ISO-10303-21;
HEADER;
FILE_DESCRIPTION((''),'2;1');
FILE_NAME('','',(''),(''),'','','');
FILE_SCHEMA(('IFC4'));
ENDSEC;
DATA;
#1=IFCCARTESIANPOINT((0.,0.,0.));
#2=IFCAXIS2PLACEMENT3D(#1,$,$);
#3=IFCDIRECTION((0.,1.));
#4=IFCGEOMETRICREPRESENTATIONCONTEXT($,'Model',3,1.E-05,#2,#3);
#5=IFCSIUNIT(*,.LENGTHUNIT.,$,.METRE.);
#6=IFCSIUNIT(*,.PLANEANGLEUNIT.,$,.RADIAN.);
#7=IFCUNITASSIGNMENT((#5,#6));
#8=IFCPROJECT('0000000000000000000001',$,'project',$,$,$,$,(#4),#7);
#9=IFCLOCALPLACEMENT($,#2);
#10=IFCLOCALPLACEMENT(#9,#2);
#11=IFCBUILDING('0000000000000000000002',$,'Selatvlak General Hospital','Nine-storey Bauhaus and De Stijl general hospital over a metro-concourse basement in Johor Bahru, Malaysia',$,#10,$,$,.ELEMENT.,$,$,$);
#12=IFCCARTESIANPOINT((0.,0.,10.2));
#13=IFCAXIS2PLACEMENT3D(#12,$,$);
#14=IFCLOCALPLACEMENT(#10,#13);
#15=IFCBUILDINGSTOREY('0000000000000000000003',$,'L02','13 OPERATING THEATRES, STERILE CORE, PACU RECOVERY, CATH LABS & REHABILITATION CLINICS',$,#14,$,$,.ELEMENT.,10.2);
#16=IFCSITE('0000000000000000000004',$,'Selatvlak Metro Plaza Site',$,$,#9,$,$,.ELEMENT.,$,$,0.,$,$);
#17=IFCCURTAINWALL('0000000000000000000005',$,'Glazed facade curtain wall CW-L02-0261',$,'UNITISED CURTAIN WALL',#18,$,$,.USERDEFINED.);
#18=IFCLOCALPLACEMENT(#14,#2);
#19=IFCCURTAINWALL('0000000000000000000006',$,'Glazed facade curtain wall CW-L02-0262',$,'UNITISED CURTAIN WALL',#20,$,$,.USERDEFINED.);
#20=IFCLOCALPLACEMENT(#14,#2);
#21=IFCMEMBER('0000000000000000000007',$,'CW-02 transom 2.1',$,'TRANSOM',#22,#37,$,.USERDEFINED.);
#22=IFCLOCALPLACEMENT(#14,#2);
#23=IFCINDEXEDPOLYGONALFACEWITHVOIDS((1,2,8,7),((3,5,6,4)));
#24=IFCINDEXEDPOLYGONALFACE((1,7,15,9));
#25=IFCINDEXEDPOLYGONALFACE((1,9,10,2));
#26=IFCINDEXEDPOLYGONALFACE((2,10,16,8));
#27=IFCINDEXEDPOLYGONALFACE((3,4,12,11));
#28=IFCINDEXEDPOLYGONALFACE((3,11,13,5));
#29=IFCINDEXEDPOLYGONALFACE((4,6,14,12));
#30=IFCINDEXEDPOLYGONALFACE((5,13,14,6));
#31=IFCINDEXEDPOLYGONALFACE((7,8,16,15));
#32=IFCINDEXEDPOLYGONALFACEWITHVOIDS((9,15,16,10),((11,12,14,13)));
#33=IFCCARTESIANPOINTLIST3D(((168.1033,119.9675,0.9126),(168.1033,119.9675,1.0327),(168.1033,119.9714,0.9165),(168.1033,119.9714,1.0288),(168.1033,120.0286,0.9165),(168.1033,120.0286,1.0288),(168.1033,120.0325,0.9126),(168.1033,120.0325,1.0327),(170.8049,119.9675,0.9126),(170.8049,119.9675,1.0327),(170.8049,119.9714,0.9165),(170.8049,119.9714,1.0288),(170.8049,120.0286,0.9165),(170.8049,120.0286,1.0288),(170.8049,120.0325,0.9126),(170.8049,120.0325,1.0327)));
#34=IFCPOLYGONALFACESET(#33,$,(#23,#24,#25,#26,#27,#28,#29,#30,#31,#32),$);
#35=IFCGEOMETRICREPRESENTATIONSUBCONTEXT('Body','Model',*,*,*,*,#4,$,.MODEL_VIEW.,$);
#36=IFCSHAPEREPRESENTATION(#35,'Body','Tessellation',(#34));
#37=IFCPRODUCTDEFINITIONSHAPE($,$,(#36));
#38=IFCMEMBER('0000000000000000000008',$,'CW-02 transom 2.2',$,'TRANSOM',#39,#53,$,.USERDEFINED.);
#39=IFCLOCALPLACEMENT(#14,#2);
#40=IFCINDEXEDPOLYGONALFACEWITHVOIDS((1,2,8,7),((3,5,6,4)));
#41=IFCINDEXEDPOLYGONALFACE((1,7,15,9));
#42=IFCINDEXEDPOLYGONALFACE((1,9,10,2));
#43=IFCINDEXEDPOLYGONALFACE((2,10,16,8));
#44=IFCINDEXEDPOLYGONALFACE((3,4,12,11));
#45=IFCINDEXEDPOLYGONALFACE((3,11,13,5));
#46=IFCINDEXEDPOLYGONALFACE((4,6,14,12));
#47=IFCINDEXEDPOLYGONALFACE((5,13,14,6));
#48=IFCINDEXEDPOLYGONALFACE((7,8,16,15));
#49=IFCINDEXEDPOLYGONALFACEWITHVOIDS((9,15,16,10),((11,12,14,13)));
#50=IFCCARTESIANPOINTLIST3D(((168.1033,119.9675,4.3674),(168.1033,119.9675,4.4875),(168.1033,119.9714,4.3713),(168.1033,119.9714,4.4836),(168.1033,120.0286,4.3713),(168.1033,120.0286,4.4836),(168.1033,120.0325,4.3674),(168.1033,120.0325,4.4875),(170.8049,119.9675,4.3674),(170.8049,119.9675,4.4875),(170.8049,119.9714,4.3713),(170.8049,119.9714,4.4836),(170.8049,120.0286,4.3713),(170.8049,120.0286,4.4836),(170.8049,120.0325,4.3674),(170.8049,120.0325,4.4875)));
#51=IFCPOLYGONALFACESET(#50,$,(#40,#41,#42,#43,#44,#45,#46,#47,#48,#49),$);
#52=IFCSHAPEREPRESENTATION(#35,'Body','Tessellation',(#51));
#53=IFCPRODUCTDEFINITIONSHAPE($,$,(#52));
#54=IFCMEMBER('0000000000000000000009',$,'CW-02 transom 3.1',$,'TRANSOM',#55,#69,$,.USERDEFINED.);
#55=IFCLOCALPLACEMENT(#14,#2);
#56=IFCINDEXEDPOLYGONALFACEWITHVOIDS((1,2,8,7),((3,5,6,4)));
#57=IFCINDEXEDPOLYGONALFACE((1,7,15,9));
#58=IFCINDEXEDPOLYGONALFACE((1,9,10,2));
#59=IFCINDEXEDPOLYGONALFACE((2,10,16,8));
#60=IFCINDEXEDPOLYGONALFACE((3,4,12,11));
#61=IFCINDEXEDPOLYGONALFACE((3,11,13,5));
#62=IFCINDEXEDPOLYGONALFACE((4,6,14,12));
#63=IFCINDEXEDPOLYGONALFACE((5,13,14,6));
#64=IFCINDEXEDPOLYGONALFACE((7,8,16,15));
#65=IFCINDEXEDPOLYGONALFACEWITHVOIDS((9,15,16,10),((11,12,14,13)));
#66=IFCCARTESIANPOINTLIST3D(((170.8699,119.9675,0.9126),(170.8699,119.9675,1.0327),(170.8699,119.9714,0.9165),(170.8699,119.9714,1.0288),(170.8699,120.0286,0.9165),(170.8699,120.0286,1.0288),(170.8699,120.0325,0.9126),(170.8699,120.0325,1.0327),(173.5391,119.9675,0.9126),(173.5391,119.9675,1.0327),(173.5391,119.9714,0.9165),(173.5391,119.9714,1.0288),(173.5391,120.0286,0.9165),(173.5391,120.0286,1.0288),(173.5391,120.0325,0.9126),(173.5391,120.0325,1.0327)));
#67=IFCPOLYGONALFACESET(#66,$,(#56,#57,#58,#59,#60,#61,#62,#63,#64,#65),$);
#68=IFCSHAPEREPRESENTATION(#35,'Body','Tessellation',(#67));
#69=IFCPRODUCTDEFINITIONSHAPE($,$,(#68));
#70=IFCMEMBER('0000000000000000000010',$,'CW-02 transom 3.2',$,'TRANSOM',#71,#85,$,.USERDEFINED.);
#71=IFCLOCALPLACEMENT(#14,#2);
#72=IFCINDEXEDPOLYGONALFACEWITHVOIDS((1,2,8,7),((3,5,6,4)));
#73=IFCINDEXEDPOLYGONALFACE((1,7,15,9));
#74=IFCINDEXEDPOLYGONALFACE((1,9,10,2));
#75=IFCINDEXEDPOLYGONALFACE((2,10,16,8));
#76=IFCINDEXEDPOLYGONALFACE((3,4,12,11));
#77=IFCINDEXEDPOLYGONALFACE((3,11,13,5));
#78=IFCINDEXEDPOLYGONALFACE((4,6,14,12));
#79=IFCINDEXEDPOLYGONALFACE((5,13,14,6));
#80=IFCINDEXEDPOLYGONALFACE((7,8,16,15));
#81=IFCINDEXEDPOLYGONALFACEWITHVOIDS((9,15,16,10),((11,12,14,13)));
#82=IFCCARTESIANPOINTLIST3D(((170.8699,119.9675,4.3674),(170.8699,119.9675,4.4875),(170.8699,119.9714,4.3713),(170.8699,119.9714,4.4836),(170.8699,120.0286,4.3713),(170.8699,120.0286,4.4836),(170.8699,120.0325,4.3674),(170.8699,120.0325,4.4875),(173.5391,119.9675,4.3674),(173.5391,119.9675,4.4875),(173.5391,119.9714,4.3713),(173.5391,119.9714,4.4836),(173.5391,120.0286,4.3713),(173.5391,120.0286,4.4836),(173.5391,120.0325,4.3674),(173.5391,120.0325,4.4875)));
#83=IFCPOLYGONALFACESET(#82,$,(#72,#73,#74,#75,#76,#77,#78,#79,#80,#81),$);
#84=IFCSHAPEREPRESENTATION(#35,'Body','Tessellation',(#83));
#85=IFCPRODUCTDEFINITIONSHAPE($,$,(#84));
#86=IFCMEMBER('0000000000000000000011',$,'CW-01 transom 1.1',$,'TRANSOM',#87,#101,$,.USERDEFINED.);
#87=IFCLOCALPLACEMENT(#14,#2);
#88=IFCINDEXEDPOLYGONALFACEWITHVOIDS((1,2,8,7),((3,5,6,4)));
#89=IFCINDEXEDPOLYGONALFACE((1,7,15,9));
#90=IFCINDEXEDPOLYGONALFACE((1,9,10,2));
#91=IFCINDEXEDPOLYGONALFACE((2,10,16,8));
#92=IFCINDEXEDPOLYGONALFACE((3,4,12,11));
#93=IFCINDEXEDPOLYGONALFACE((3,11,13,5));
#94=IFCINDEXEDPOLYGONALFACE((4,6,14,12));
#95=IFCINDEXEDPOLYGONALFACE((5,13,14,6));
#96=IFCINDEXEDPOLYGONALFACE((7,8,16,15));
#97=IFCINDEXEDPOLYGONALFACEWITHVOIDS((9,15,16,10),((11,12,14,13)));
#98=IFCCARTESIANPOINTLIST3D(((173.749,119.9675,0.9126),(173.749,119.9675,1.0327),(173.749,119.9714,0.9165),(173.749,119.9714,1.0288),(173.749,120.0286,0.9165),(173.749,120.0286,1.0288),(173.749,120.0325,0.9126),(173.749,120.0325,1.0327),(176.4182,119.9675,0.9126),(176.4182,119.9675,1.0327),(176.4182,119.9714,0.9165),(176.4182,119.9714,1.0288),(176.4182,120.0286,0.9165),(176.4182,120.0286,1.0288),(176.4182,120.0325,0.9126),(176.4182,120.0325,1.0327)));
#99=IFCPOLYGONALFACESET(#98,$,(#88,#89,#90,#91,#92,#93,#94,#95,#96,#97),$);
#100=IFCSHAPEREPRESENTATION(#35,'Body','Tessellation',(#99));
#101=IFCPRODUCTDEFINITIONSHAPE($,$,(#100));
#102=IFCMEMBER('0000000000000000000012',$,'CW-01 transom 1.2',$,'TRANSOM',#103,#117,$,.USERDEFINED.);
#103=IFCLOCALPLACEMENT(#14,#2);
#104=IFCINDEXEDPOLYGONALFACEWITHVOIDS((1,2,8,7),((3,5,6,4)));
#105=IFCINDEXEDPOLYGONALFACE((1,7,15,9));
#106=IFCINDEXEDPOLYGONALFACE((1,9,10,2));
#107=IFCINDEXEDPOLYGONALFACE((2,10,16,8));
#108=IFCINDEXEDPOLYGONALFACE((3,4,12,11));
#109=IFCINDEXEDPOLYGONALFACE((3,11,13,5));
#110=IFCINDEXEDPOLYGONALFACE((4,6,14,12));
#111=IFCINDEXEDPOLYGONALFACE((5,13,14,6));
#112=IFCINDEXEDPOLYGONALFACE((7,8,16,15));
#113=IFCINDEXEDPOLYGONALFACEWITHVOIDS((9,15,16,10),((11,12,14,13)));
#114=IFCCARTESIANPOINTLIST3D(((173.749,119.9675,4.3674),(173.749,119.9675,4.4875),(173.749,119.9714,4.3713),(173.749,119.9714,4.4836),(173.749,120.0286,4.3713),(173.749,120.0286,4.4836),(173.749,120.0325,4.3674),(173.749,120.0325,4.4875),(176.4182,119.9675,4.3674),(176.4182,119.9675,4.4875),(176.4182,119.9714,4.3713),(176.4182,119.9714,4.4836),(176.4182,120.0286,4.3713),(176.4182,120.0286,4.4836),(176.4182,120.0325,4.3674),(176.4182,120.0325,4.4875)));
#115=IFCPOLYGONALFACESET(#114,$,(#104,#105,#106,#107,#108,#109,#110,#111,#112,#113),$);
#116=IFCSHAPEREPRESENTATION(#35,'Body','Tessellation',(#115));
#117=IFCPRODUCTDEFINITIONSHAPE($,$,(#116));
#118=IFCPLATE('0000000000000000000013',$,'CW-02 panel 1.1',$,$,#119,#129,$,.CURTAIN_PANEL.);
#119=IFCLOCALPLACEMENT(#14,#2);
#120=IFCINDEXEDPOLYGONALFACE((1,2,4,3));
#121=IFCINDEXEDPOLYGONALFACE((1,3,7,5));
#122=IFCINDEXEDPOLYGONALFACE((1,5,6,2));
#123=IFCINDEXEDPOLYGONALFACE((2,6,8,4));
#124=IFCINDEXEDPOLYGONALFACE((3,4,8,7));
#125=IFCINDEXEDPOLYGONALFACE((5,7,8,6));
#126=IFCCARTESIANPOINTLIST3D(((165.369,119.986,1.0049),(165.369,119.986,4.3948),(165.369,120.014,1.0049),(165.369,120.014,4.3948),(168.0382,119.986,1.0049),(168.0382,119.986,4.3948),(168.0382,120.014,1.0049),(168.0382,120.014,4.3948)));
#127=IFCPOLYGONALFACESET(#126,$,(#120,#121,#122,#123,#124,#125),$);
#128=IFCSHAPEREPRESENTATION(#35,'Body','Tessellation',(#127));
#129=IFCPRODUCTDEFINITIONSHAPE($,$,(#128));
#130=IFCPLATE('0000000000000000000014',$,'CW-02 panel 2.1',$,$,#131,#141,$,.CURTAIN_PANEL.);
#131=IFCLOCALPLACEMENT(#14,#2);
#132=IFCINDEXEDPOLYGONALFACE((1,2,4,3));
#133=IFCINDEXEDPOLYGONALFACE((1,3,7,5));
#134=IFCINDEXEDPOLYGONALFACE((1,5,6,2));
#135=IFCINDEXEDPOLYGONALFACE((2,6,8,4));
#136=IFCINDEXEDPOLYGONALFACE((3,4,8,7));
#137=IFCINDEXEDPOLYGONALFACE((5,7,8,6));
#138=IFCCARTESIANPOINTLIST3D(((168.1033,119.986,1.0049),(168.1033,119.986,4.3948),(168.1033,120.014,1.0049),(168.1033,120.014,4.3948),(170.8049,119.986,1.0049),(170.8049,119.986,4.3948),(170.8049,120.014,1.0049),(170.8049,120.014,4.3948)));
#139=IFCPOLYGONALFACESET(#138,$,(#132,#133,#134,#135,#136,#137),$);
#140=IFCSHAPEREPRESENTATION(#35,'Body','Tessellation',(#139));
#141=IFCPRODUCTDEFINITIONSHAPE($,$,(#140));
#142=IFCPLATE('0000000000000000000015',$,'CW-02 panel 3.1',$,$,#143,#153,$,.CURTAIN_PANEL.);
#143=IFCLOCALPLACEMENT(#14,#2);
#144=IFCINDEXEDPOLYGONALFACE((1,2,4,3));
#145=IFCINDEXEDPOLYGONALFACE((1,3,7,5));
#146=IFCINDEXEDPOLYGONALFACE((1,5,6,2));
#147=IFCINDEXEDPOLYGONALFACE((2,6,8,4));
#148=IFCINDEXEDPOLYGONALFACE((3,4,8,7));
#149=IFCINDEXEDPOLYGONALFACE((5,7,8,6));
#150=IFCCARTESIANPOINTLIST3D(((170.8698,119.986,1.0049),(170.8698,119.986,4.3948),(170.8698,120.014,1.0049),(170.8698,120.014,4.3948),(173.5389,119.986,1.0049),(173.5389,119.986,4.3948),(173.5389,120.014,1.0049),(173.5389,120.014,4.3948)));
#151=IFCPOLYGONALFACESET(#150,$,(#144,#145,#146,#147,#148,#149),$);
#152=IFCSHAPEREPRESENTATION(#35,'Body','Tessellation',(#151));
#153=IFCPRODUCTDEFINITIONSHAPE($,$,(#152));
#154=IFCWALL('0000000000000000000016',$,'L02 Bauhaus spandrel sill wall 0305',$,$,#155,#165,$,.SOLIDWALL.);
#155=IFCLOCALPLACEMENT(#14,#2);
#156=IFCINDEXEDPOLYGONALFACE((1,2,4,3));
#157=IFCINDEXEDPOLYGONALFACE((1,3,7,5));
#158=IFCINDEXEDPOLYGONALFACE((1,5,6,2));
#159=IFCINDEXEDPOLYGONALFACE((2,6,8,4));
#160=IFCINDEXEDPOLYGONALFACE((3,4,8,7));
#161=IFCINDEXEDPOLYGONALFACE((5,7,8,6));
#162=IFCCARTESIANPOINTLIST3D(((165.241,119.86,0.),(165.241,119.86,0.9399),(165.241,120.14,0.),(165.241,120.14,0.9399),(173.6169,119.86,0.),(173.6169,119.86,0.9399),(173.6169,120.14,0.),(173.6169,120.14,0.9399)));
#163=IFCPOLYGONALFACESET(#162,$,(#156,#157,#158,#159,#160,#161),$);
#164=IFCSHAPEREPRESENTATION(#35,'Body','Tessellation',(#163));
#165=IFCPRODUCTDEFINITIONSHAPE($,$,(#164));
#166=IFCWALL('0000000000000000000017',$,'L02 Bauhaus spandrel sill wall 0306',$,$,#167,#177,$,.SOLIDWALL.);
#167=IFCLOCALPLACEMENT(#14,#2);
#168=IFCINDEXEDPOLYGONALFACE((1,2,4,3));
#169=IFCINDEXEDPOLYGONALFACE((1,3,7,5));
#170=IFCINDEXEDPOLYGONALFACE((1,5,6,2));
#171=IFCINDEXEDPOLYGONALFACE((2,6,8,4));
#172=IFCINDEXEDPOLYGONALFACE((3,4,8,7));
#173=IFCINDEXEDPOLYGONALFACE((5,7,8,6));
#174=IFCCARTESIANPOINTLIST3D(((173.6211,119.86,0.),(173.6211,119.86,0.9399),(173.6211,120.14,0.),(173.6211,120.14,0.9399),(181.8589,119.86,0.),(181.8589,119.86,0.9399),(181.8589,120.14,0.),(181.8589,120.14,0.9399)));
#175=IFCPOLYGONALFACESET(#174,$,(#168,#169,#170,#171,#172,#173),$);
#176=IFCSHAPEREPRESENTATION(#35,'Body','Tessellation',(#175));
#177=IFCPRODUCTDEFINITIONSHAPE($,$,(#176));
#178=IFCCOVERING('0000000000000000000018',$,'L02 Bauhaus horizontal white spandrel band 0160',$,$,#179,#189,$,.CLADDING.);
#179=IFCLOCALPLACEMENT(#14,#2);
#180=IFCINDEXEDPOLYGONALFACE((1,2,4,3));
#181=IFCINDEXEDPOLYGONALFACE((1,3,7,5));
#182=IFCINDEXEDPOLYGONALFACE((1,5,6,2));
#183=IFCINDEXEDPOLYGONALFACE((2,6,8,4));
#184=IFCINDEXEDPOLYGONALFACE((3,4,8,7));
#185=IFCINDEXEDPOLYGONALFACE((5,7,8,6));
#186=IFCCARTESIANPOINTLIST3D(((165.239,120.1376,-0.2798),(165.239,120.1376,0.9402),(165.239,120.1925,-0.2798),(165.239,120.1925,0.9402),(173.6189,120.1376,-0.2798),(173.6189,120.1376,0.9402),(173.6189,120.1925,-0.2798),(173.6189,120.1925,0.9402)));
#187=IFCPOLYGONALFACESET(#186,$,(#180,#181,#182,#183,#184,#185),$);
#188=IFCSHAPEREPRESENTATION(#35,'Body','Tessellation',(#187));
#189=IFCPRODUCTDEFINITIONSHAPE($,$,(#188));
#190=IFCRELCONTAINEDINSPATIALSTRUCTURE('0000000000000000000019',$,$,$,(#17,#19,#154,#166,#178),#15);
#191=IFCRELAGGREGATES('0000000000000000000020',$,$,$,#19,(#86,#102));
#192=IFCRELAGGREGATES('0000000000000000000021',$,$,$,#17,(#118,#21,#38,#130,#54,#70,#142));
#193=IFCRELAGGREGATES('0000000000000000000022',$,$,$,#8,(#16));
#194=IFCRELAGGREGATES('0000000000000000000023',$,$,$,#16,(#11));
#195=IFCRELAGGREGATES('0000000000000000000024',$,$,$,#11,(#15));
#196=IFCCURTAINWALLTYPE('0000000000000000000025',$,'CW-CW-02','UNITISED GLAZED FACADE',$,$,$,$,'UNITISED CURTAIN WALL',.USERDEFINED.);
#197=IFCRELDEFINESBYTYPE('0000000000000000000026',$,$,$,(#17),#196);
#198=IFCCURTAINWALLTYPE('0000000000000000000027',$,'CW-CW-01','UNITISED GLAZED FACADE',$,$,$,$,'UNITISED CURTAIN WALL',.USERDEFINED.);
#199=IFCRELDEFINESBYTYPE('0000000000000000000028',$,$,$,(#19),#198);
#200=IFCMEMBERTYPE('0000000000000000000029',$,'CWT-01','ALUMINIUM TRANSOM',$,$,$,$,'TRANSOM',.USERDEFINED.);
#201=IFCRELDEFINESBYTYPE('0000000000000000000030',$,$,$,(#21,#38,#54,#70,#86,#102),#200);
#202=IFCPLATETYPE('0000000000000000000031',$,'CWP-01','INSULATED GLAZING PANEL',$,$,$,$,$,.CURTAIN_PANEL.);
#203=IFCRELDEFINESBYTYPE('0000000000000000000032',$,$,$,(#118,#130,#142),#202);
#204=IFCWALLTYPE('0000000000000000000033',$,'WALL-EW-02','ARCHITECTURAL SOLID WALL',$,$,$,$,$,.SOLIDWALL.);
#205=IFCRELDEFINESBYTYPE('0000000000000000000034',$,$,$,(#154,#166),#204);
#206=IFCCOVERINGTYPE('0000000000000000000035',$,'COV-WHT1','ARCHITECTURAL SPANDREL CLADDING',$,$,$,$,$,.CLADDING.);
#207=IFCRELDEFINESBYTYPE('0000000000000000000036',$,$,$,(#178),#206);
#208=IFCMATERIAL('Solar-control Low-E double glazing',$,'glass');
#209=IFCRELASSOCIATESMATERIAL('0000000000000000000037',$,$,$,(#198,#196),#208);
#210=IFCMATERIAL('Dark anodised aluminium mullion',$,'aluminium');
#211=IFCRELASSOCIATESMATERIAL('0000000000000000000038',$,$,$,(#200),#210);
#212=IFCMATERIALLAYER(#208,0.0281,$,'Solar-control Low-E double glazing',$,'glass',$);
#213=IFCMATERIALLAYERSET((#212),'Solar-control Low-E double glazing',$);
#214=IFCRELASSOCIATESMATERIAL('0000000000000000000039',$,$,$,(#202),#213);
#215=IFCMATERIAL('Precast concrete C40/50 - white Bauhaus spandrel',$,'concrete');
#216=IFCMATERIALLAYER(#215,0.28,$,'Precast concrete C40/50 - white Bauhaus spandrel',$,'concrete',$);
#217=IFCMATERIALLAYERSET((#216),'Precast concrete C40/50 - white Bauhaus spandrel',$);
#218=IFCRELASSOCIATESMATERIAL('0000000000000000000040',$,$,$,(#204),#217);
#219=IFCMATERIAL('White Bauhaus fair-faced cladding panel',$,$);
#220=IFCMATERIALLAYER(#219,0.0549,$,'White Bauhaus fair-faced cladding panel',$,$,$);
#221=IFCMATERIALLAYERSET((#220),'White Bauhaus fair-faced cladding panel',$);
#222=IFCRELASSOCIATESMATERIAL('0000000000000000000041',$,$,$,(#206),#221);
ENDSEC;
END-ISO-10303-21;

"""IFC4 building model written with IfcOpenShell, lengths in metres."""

from ifc_helpers import new_model, si_unit, direction, frame, frame_2d, origin, origin_2d, place, context, subcontext, project, spatial, rectangle, hollow_rectangle, extrude, material, layer, layer_set, material_profile, profile_set, type_object, element, aggregate, save


model = new_model("IFC4")

# Units and contexts
model_context = context("Model", 3, precision=1e-05, world=origin(), true_north=direction((0.0, 1.0)))
body_context = subcontext(model_context, "Body", "Model", "MODEL_VIEW")
ifc_project = project(units=[si_unit("LENGTHUNIT", "METRE"), si_unit("PLANEANGLEUNIT", "RADIAN")], contexts=[model_context])

# Site, building, storey
site_placement = place(None, origin())
site = spatial("IfcSite", under=ifc_project, at=site_placement, Name="Selatvlak Metro Plaza Site", CompositionType="ELEMENT", RefElevation=0.0)
building_placement = place(site_placement, origin())
building = spatial("IfcBuilding", under=site, at=building_placement, Name="Selatvlak General Hospital", Description="Nine-storey Bauhaus and De Stijl general hospital over a metro-concourse basement in Johor Bahru, Malaysia", CompositionType="ELEMENT")
storey_placement = place(building_placement, frame((0.0, 0.0, 10.2)))
storey = spatial("IfcBuildingStorey", under=building, at=storey_placement, Name="L02", Description="13 OPERATING THEATRES, STERILE CORE, PACU RECOVERY, CATH LABS & REHABILITATION CLINICS", CompositionType="ELEMENT", Elevation=10.2)

# Shared definitions
ifc_material_1 = material(Name="Solar-control Low-E double glazing", Category="glass")
curtain_wall_type_1 = type_object("IfcCurtainWallType", Name="CW-CW-01", Description="UNITISED GLAZED FACADE", ElementType="UNITISED CURTAIN WALL", PredefinedType="USERDEFINED", material=ifc_material_1)
ifc_material_2 = material(Name="Dark anodised aluminium mullion", Category="aluminium")

# Curtain wall
curtain_wall_type_2 = type_object("IfcCurtainWallType", Name="CW-CW-02", Description="UNITISED GLAZED FACADE", ElementType="UNITISED CURTAIN WALL", PredefinedType="USERDEFINED", material=ifc_material_1)
curtain_wall_1_placement = place(storey_placement, origin())
curtain_wall_1 = element("IfcCurtainWall", 1, at=curtain_wall_1_placement, inside=storey, type_object=curtain_wall_type_2, Name="Glazed facade curtain wall CW-L02-0261", ObjectType="UNITISED CURTAIN WALL", PredefinedType="USERDEFINED")

# Curtain wall
curtain_wall_2_placement = place(storey_placement, origin())
curtain_wall_2 = element("IfcCurtainWall", 2, at=curtain_wall_2_placement, inside=storey, type_object=curtain_wall_type_1, Name="Glazed facade curtain wall CW-L02-0262", ObjectType="UNITISED CURTAIN WALL", PredefinedType="USERDEFINED")

# Members
ifc_material_profile_1 = material_profile(ifc_material_2, hollow_rectangle(XDim=0.0649, YDim=0.1201, WallThickness=0.0039, at=origin_2d()), Name="AL-TRN 65x120x4")
ifc_profile_set_1 = profile_set([ifc_material_profile_1], Name="Dark anodised aluminium mullion")
member_type_1 = type_object("IfcMemberType", Name="CWT-01", Description="ALUMINIUM TRANSOM", ElementType="TRANSOM", PredefinedType="USERDEFINED", material=ifc_profile_set_1)
member_1_placement = place(storey_placement, frame((168.1033, 120.0, 0.9727), z_axis=(1.0, 0.0, 0.0), x_axis=(0.0, 1.0, 0.0)))
member_1 = element("IfcMember", 3, at=member_1_placement, type_object=member_type_1, Name="CW-02 transom 2.1", ObjectType="TRANSOM", PredefinedType="USERDEFINED", context=body_context, shape_type="SweptSolid", body=[
    extrude(hollow_rectangle(XDim=0.0649, YDim=0.1201, WallThickness=0.0039, at=origin_2d()), origin(), (0.0, 0.0, 1.0), 2.7017),
])
member_2_placement = place(storey_placement, frame((168.1033, 120.0, 4.4275), z_axis=(1.0, 0.0, 0.0), x_axis=(0.0, 1.0, 0.0)))
member_2 = element("IfcMember", 4, at=member_2_placement, type_object=member_type_1, Name="CW-02 transom 2.2", ObjectType="TRANSOM", PredefinedType="USERDEFINED", context=body_context, shape_type="SweptSolid", body=[
    extrude(hollow_rectangle(XDim=0.0649, YDim=0.1201, WallThickness=0.0039, at=origin_2d()), origin(), (0.0, 0.0, 1.0), 2.7017),
])
member_3_placement = place(storey_placement, frame((170.8699, 120.0, 0.9727), z_axis=(1.0, 0.0, 0.0), x_axis=(0.0, 1.0, 0.0)))
member_3 = element("IfcMember", 5, at=member_3_placement, type_object=member_type_1, Name="CW-02 transom 3.1", ObjectType="TRANSOM", PredefinedType="USERDEFINED", context=body_context, shape_type="SweptSolid", body=[
    extrude(hollow_rectangle(XDim=0.0649, YDim=0.1201, WallThickness=0.0039, at=origin_2d()), origin(), (0.0, 0.0, 1.0), 2.6692),
])
member_4_placement = place(storey_placement, frame((170.8699, 120.0, 4.4275), z_axis=(1.0, 0.0, 0.0), x_axis=(0.0, 1.0, 0.0)))
member_4 = element("IfcMember", 6, at=member_4_placement, type_object=member_type_1, Name="CW-02 transom 3.2", ObjectType="TRANSOM", PredefinedType="USERDEFINED", context=body_context, shape_type="SweptSolid", body=[
    extrude(hollow_rectangle(XDim=0.0649, YDim=0.1201, WallThickness=0.0039, at=origin_2d()), origin(), (0.0, 0.0, 1.0), 2.6692),
])
member_5_placement = place(storey_placement, frame((173.749, 120.0, 0.9727), z_axis=(1.0, 0.0, 0.0), x_axis=(0.0, 1.0, 0.0)))
member_5 = element("IfcMember", 7, at=member_5_placement, type_object=member_type_1, Name="CW-01 transom 1.1", ObjectType="TRANSOM", PredefinedType="USERDEFINED", context=body_context, shape_type="SweptSolid", body=[
    extrude(hollow_rectangle(XDim=0.0649, YDim=0.1201, WallThickness=0.0039, at=origin_2d()), origin(), (0.0, 0.0, 1.0), 2.6692),
])
member_6_placement = place(storey_placement, frame((173.749, 120.0, 4.4275), z_axis=(1.0, 0.0, 0.0), x_axis=(0.0, 1.0, 0.0)))
member_6 = element("IfcMember", 8, at=member_6_placement, type_object=member_type_1, Name="CW-01 transom 1.2", ObjectType="TRANSOM", PredefinedType="USERDEFINED", context=body_context, shape_type="SweptSolid", body=[
    extrude(hollow_rectangle(XDim=0.0649, YDim=0.1201, WallThickness=0.0039, at=origin_2d()), origin(), (0.0, 0.0, 1.0), 2.6692),
])
aggregate(curtain_wall_2, [member_5, member_6])

# Plates
ifc_layer_1 = layer(ifc_material_1, 0.0281, Name="Solar-control Low-E double glazing", Category="glass")
ifc_layer_set_1 = layer_set([ifc_layer_1], Name="Solar-control Low-E double glazing")
plate_type = type_object("IfcPlateType", Name="CWP-01", Description="INSULATED GLAZING PANEL", PredefinedType="CURTAIN_PANEL", material=ifc_layer_set_1)
plate_1_placement = place(storey_placement, frame((166.7036, 120.0, 1.0049), z_axis=(0.0, 0.0, 1.0), x_axis=(1.0, 0.0, 0.0)))
plate_1 = element("IfcPlate", 9, at=plate_1_placement, type_object=plate_type, Name="CW-02 panel 1.1", PredefinedType="CURTAIN_PANEL", context=body_context, shape_type="SweptSolid", body=[
    extrude(rectangle(XDim=2.6692, YDim=0.0281, at=origin_2d()), origin(), (0.0, 0.0, 1.0), 3.3899),
])
plate_2_placement = place(storey_placement, frame((169.4541, 120.0, 1.0049), z_axis=(0.0, 0.0, 1.0), x_axis=(1.0, 0.0, 0.0)))
plate_2 = element("IfcPlate", 10, at=plate_2_placement, type_object=plate_type, Name="CW-02 panel 2.1", PredefinedType="CURTAIN_PANEL", context=body_context, shape_type="SweptSolid", body=[
    extrude(rectangle(XDim=2.7017, YDim=0.0281, at=origin_2d()), origin(), (0.0, 0.0, 1.0), 3.3899),
])
plate_3_placement = place(storey_placement, frame((172.2043, 120.0, 1.0049), z_axis=(0.0, 0.0, 1.0), x_axis=(1.0, 0.0, 0.0)))
plate_3 = element("IfcPlate", 11, at=plate_3_placement, type_object=plate_type, Name="CW-02 panel 3.1", PredefinedType="CURTAIN_PANEL", context=body_context, shape_type="SweptSolid", body=[
    extrude(rectangle(XDim=2.6692, YDim=0.0281, at=origin_2d()), origin(), (0.0, 0.0, 1.0), 3.3899),
])
aggregate(curtain_wall_1, [plate_1, member_1, member_2, plate_2, member_3, member_4, plate_3])

# Walls
ifc_material_3 = material(Name="Precast concrete C40/50 - white Bauhaus spandrel", Category="concrete")
ifc_layer_2 = layer(ifc_material_3, 0.28, Name="Precast concrete C40/50 - white Bauhaus spandrel", Category="concrete")
ifc_layer_set_2 = layer_set([ifc_layer_2], Name="Precast concrete C40/50 - white Bauhaus spandrel")
wall_type = type_object("IfcWallType", Name="WALL-EW-02", Description="ARCHITECTURAL SOLID WALL", PredefinedType="SOLIDWALL", material=ifc_layer_set_2)
wall_1_placement = place(storey_placement, frame((165.241, 120.0, 0.0), z_axis=(0.0, 0.0, 1.0), x_axis=(1.0, 0.0, 0.0)))
element("IfcWall", 12, at=wall_1_placement, inside=storey, type_object=wall_type, Name="L02 Bauhaus spandrel sill wall 0305", PredefinedType="SOLIDWALL", context=body_context, shape_type="SweptSolid", body=[
    extrude(rectangle(XDim=8.376, YDim=0.28, at=frame_2d((4.188, 0.0))), origin(), (0.0, 0.0, 1.0), 0.9399),
])
wall_2_placement = place(storey_placement, frame((173.6211, 120.0, 0.0), z_axis=(0.0, 0.0, 1.0), x_axis=(1.0, 0.0, 0.0)))
element("IfcWall", 13, at=wall_2_placement, inside=storey, type_object=wall_type, Name="L02 Bauhaus spandrel sill wall 0306", PredefinedType="SOLIDWALL", context=body_context, shape_type="SweptSolid", body=[
    extrude(rectangle(XDim=8.2378, YDim=0.28, at=frame_2d((4.1189, 0.0))), origin(), (0.0, 0.0, 1.0), 0.9399),
])

# Covering
ifc_material_4 = material(Name="White Bauhaus fair-faced cladding panel")
ifc_layer_3 = layer(ifc_material_4, 0.0549, Name="White Bauhaus fair-faced cladding panel")
ifc_layer_set_3 = layer_set([ifc_layer_3], Name="White Bauhaus fair-faced cladding panel")
covering_type = type_object("IfcCoveringType", Name="COV-WHT1", Description="ARCHITECTURAL SPANDREL CLADDING", PredefinedType="CLADDING", material=ifc_layer_set_3)
covering_placement = place(storey_placement, frame((169.429, 120.165, -0.2798), z_axis=(0.0, 0.0, 1.0), x_axis=(1.0, 0.0, 0.0)))
element("IfcCovering", 14, at=covering_placement, inside=storey, type_object=covering_type, Name="L02 Bauhaus horizontal white spandrel band 0160", PredefinedType="CLADDING", context=body_context, shape_type="SweptSolid", body=[
    extrude(rectangle(XDim=8.3799, YDim=0.0549, at=origin_2d()), origin(), (0.0, 0.0, 1.0), 1.22),
])

save(model, "model.ifc")
